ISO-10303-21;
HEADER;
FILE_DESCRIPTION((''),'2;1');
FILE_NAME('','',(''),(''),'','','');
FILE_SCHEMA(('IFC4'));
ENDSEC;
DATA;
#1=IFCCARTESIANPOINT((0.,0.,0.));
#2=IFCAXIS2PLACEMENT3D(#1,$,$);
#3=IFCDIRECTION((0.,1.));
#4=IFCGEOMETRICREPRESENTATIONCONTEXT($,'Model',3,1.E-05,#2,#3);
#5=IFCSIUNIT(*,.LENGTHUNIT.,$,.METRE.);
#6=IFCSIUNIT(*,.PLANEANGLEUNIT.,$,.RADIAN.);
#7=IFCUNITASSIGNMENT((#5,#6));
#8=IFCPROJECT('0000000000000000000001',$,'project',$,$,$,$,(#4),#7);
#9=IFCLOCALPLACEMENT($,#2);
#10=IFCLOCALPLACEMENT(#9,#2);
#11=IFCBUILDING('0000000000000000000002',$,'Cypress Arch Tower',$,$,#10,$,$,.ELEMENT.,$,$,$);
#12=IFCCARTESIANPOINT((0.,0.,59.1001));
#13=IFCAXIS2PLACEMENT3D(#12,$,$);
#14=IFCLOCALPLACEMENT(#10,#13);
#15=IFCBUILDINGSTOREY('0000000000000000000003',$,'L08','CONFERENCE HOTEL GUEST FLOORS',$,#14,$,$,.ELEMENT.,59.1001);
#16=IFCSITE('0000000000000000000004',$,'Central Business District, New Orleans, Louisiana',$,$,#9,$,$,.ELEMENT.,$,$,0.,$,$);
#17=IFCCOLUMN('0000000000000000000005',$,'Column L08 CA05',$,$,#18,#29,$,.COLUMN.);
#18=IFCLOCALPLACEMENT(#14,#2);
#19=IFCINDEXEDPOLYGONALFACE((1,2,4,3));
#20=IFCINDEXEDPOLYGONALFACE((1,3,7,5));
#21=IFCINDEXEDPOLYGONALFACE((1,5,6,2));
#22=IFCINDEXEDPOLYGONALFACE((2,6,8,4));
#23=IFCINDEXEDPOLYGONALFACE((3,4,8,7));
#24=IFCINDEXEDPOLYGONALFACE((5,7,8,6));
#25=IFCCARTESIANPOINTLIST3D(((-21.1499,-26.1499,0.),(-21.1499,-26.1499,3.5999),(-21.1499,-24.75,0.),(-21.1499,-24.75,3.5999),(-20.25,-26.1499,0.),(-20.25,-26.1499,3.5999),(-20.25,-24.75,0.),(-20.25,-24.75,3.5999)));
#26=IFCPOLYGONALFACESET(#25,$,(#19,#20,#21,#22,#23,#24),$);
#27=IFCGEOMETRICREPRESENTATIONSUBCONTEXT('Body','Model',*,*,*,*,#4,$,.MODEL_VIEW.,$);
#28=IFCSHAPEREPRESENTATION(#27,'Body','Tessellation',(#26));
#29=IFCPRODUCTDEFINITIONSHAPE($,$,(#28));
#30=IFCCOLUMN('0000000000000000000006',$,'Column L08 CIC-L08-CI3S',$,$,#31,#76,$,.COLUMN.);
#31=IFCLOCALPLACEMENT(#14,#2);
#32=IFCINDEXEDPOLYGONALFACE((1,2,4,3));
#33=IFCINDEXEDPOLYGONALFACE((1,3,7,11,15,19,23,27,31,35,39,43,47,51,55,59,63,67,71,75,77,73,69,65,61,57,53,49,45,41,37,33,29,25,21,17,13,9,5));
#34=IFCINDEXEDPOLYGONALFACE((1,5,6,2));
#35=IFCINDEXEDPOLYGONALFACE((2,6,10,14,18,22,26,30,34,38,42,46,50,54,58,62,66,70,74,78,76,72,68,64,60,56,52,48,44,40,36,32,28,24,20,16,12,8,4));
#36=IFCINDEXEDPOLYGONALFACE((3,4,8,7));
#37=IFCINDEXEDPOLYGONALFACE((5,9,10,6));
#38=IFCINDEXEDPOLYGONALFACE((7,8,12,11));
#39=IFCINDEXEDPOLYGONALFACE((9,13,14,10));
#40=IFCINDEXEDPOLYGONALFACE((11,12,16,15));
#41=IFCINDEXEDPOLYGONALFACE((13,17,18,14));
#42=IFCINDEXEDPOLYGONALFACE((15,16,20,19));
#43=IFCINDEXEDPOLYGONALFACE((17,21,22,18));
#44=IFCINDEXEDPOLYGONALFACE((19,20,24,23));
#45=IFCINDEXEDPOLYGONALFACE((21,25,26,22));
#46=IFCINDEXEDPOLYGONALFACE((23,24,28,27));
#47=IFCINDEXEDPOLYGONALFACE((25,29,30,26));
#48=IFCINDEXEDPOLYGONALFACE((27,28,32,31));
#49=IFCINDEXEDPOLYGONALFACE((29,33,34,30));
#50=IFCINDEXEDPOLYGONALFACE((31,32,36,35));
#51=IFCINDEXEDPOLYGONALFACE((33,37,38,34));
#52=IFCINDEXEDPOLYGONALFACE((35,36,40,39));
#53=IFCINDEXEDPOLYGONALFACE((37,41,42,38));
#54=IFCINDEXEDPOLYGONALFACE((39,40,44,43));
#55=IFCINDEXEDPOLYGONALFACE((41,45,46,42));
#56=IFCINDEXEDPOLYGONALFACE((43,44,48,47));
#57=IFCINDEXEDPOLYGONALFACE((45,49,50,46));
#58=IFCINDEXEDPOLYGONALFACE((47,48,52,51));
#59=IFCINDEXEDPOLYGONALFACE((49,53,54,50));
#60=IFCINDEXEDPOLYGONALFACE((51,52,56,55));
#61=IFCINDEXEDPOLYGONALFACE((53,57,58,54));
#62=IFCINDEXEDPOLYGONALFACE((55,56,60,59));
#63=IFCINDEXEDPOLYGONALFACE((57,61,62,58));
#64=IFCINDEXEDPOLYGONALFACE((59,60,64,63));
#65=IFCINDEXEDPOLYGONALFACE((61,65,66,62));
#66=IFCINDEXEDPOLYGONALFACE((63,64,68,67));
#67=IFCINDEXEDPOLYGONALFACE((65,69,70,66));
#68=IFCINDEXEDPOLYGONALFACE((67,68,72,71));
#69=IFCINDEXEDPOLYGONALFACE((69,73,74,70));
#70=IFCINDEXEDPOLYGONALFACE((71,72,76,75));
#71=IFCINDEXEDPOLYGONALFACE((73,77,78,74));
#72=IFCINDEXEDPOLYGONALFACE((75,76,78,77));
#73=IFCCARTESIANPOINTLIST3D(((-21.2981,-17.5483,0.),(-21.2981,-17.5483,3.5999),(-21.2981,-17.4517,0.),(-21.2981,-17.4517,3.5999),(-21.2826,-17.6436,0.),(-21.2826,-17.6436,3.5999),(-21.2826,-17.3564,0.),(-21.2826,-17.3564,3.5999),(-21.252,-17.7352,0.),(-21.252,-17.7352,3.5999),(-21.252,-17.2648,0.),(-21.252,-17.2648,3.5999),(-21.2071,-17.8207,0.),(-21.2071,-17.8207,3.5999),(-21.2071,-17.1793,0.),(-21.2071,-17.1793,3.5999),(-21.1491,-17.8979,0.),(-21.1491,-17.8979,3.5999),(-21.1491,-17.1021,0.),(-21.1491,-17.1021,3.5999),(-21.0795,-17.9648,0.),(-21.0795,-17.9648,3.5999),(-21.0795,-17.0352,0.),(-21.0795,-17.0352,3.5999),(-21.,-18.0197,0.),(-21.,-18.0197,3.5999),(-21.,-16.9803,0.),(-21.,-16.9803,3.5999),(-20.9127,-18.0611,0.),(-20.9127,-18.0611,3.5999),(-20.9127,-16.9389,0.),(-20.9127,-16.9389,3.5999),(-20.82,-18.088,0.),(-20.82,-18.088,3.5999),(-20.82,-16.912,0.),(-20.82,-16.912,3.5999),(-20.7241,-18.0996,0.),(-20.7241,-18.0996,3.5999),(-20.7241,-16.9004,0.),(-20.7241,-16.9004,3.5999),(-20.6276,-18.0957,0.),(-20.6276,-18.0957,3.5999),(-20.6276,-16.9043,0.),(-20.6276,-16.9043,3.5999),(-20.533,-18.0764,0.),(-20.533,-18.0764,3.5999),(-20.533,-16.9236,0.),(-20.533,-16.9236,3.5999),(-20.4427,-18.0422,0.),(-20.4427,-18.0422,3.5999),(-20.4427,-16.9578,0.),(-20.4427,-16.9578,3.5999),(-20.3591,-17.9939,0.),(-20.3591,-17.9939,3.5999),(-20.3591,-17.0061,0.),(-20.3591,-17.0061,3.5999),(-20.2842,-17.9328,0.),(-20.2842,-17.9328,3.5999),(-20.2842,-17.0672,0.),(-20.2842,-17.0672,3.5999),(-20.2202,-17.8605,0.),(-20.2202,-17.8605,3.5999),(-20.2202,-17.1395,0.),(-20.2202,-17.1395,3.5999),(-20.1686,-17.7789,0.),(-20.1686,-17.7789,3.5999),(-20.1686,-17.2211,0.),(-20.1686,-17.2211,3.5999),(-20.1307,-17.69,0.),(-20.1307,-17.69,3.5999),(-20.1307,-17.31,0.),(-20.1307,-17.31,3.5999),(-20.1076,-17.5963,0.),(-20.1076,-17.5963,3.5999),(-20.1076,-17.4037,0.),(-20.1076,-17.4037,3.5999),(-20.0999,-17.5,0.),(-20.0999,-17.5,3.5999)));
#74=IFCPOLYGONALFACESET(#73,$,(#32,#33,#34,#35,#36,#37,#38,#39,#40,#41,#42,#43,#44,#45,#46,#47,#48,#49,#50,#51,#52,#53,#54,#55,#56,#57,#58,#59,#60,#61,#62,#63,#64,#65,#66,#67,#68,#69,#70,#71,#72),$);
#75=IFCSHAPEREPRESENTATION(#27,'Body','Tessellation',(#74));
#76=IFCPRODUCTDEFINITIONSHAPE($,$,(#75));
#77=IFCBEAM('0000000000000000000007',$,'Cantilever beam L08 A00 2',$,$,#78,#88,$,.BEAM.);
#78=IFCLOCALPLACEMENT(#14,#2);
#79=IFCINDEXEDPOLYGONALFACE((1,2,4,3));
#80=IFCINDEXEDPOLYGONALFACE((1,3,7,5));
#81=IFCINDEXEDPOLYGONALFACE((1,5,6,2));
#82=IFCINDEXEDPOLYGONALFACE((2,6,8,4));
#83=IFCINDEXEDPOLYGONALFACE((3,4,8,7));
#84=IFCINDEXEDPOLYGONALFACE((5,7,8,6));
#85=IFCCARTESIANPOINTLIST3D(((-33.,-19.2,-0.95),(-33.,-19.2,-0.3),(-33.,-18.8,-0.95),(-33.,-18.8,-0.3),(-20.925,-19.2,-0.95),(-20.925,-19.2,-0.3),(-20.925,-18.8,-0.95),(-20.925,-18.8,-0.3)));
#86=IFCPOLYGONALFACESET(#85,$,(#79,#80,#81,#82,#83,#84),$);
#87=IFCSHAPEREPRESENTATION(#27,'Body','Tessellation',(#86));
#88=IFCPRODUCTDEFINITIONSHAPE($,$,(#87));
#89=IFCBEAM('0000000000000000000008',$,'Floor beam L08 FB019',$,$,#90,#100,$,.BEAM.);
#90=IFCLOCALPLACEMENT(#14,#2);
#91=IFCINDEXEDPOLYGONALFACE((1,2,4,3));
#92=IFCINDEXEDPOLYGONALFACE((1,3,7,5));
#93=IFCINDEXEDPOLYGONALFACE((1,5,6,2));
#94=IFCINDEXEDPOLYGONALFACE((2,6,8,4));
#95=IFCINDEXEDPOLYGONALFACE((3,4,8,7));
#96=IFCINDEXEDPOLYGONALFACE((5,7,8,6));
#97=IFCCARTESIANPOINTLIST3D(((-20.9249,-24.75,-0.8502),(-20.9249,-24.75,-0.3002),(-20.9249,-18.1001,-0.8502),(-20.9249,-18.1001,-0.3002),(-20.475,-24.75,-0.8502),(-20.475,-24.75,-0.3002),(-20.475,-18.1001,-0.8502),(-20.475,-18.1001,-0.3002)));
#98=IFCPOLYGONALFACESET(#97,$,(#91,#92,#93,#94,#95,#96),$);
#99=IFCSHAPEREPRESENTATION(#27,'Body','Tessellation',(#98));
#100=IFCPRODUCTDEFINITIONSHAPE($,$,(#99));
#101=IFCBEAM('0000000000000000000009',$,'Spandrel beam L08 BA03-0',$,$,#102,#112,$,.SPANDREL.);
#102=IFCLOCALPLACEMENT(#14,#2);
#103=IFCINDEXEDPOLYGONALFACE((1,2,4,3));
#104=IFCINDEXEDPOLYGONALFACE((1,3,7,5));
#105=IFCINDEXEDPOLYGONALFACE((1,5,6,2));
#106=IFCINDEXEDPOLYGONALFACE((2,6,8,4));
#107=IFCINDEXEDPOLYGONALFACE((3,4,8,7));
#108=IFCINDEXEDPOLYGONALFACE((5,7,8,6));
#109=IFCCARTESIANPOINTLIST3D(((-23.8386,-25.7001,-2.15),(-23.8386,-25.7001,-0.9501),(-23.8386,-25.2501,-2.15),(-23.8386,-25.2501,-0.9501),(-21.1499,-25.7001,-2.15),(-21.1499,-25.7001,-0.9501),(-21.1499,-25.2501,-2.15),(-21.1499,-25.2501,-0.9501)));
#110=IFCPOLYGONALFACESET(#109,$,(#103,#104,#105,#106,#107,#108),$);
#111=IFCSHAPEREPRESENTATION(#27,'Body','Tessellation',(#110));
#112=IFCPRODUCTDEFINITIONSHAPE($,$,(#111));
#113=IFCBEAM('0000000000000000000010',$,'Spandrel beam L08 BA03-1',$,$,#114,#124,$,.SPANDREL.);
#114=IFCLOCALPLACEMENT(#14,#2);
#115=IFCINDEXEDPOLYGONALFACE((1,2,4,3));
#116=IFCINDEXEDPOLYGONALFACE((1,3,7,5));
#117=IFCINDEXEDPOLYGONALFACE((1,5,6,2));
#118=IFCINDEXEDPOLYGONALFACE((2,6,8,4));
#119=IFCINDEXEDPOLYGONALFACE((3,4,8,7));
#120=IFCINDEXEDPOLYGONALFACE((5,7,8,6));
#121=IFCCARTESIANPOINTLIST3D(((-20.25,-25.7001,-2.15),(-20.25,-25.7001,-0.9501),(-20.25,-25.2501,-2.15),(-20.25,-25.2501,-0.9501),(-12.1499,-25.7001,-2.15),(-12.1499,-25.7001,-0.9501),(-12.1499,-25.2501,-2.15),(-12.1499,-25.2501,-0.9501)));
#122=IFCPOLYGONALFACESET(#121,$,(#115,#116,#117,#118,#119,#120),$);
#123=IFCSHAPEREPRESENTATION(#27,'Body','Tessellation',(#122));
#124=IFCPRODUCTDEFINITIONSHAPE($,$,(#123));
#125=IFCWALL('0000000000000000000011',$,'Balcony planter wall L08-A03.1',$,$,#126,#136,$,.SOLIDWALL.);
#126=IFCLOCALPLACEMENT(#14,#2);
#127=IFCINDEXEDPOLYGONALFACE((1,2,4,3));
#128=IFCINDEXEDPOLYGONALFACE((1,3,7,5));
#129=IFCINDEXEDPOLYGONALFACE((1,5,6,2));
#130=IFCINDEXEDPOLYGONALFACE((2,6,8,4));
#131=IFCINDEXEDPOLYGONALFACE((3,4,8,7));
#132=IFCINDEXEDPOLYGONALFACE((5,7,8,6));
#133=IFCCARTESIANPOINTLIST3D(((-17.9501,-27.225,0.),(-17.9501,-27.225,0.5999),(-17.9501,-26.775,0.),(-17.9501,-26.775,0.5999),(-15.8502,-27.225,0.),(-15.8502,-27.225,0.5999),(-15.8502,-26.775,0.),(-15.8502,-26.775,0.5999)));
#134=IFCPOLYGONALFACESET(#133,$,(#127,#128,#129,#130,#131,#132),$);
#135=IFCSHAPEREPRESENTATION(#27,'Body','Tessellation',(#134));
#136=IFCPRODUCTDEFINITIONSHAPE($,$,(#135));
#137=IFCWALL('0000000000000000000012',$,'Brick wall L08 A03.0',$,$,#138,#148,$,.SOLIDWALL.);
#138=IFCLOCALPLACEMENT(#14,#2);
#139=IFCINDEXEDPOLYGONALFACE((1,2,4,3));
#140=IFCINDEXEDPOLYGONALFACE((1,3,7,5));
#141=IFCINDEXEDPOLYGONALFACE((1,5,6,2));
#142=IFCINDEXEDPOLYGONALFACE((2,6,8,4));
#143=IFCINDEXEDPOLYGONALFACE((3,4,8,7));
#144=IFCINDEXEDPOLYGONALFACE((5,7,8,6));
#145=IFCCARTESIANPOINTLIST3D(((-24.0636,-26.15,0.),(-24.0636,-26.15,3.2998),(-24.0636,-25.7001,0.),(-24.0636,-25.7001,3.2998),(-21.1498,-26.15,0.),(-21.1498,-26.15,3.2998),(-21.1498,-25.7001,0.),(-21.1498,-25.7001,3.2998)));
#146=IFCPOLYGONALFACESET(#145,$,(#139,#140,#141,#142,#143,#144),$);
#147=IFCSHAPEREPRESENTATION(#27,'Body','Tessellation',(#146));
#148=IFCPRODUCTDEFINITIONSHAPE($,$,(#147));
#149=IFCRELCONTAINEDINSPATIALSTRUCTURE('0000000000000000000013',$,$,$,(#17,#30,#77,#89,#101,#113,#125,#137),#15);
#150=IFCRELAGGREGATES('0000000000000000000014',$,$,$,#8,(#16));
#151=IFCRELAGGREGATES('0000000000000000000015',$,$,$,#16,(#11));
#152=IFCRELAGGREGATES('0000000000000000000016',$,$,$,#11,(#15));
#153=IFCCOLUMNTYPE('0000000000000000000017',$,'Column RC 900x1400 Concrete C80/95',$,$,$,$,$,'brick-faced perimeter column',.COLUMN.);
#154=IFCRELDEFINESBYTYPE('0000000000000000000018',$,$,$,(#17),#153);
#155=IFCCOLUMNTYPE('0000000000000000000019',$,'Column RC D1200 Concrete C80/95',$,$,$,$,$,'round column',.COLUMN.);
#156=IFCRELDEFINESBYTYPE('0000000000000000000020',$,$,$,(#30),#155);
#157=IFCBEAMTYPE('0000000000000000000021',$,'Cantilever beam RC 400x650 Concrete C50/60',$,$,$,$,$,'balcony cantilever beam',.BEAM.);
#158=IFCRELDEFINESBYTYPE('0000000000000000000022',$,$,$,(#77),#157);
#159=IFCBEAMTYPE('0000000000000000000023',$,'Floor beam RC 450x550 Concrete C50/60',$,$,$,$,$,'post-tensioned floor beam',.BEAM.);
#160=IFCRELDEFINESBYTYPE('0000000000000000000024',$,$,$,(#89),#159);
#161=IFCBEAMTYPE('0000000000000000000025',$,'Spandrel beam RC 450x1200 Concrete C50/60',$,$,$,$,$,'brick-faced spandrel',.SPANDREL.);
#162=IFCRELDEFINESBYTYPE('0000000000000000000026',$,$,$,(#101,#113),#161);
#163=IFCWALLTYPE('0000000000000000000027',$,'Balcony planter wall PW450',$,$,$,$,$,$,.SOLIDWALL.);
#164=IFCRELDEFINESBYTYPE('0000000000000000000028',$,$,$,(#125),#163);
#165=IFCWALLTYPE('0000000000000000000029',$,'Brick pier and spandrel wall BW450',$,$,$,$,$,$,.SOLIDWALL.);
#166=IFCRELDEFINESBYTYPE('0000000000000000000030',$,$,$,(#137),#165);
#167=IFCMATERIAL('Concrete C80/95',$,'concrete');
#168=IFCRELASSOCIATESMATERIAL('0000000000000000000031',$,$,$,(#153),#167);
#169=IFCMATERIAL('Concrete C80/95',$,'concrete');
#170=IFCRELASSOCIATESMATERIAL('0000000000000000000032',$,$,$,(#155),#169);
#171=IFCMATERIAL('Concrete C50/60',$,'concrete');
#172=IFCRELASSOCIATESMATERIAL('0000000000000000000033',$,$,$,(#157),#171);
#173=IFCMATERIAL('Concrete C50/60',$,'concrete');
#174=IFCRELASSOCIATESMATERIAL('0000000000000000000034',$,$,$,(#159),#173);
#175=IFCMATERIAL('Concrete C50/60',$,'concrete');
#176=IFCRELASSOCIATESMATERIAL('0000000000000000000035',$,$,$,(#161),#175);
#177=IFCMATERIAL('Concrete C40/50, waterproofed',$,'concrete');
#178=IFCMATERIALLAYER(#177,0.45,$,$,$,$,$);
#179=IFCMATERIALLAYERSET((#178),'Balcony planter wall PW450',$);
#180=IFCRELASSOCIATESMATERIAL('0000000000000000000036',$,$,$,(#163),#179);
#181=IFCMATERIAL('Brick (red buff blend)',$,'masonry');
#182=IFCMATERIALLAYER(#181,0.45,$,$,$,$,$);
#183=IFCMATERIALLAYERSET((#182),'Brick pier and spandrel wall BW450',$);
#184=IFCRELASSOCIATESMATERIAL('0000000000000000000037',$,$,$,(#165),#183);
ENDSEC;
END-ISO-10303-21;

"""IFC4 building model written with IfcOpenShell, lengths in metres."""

from ifc_helpers import new_model, si_unit, direction, frame, frame_2d, origin, origin_2d, place, context, subcontext, project, spatial, rectangle, circle, extrude, material, layer, layer_set, material_profile, profile_set, type_object, element, save


model = new_model("IFC4")

# Units and contexts
model_context = context("Model", 3, precision=1e-05, world=origin(), true_north=direction((0.0, 1.0)))
body_context = subcontext(model_context, "Body", "Model", "MODEL_VIEW")
ifc_project = project(units=[si_unit("LENGTHUNIT", "METRE"), si_unit("PLANEANGLEUNIT", "RADIAN")], contexts=[model_context])

# Site, building, storey
site_placement = place(None, origin())
site = spatial("IfcSite", under=ifc_project, at=site_placement, Name="Central Business District, New Orleans, Louisiana", CompositionType="ELEMENT", RefElevation=0.0)
building_placement = place(site_placement, origin())
building = spatial("IfcBuilding", under=site, at=building_placement, Name="Cypress Arch Tower", CompositionType="ELEMENT")
storey_placement = place(building_placement, frame((0.0, 0.0, 59.1001)))
storey = spatial("IfcBuildingStorey", under=building, at=storey_placement, Name="L08", Description="CONFERENCE HOTEL GUEST FLOORS", CompositionType="ELEMENT", Elevation=59.1001)

# Columns
ifc_material_1 = material(Name="Concrete C80/95", Category="concrete")
ifc_material_profile_1 = material_profile(ifc_material_1, rectangle(XDim=0.8999, YDim=1.3999, at=origin_2d()), Name="RC 900x1400")
ifc_profile_set_1 = profile_set([ifc_material_profile_1], Name="Concrete C80/95")
column_type_1 = type_object("IfcColumnType", Name="Column RC 900x1400 Concrete C80/95", ElementType="brick-faced perimeter column", PredefinedType="COLUMN", material=ifc_profile_set_1)
column_1_placement = place(storey_placement, frame((-20.7, -25.45, 0.0), z_axis=(0.0, 0.0, 1.0), x_axis=(1.0, 0.0, 0.0)))
element("IfcColumn", 1, at=column_1_placement, inside=storey, type_object=column_type_1, Name="Column L08 CA05", PredefinedType="COLUMN", context=body_context, shape_type="SweptSolid", body=[
    extrude(rectangle(XDim=0.8999, YDim=1.3999, at=origin_2d()), origin(), (0.0, 0.0, 1.0), 3.5999),
])
ifc_material_2 = material(Name="Concrete C80/95", Category="concrete")
ifc_material_profile_2 = material_profile(ifc_material_2, circle(Radius=0.6001, at=origin_2d()), Name="RC D1200")
ifc_profile_set_2 = profile_set([ifc_material_profile_2], Name="Concrete C80/95")
column_type_2 = type_object("IfcColumnType", Name="Column RC D1200 Concrete C80/95", ElementType="round column", PredefinedType="COLUMN", material=ifc_profile_set_2)
column_2_placement = place(storey_placement, frame((-20.7, -17.5, 0.0), z_axis=(0.0, 0.0, 1.0), x_axis=(1.0, 0.0, 0.0)))
element("IfcColumn", 2, at=column_2_placement, inside=storey, type_object=column_type_2, Name="Column L08 CIC-L08-CI3S", PredefinedType="COLUMN", context=body_context, shape_type="SweptSolid", body=[
    extrude(circle(Radius=0.6001, at=origin_2d()), origin(), (0.0, 0.0, 1.0), 3.5999),
])

# Beams
ifc_material_3 = material(Name="Concrete C50/60", Category="concrete")
ifc_material_profile_3 = material_profile(ifc_material_3, rectangle(XDim=0.3999, YDim=0.6499, at=origin_2d()), Name="RC 400x650")
ifc_profile_set_3 = profile_set([ifc_material_profile_3], Name="Concrete C50/60")
beam_type_1 = type_object("IfcBeamType", Name="Cantilever beam RC 400x650 Concrete C50/60", ElementType="balcony cantilever beam", PredefinedType="BEAM", material=ifc_profile_set_3)
beam_1_placement = place(storey_placement, frame((-20.925, -19.0, -0.625), z_axis=(-1.0, 0.0, 0.0), x_axis=(0.0, -1.0, 0.0)))
element("IfcBeam", 3, at=beam_1_placement, inside=storey, type_object=beam_type_1, Name="Cantilever beam L08 A00 2", PredefinedType="BEAM", context=body_context, shape_type="SweptSolid", body=[
    extrude(rectangle(XDim=0.3999, YDim=0.6499, at=origin_2d()), origin(), (0.0, 0.0, 1.0), 12.075),
])
ifc_material_4 = material(Name="Concrete C50/60", Category="concrete")
ifc_material_profile_4 = material_profile(ifc_material_4, rectangle(XDim=0.45, YDim=0.55, at=origin_2d()), Name="RC 450x550")
ifc_profile_set_4 = profile_set([ifc_material_profile_4], Name="Concrete C50/60")
beam_type_2 = type_object("IfcBeamType", Name="Floor beam RC 450x550 Concrete C50/60", ElementType="post-tensioned floor beam", PredefinedType="BEAM", material=ifc_profile_set_4)
beam_2_placement = place(storey_placement, frame((-20.7, -24.75, -0.5752), z_axis=(0.0, 1.0, 0.0), x_axis=(-1.0, 0.0, 0.0)))
element("IfcBeam", 4, at=beam_2_placement, inside=storey, type_object=beam_type_2, Name="Floor beam L08 FB019", PredefinedType="BEAM", context=body_context, shape_type="SweptSolid", body=[
    extrude(rectangle(XDim=0.45, YDim=0.55, at=origin_2d()), origin(), (0.0, 0.0, 1.0), 6.6499),
])
ifc_material_5 = material(Name="Concrete C50/60", Category="concrete")
ifc_material_profile_5 = material_profile(ifc_material_5, rectangle(XDim=0.45, YDim=1.2, at=origin_2d()), Name="RC 450x1200")
ifc_profile_set_5 = profile_set([ifc_material_profile_5], Name="Concrete C50/60")
beam_type_3 = type_object("IfcBeamType", Name="Spandrel beam RC 450x1200 Concrete C50/60", ElementType="brick-faced spandrel", PredefinedType="SPANDREL", material=ifc_profile_set_5)
beam_3_placement = place(storey_placement, frame((-23.8386, -25.4751, -1.55), z_axis=(1.0, 0.0, 0.0), x_axis=(0.0, 1.0, 0.0)))
element("IfcBeam", 5, at=beam_3_placement, inside=storey, type_object=beam_type_3, Name="Spandrel beam L08 BA03-0", PredefinedType="SPANDREL", context=body_context, shape_type="SweptSolid", body=[
    extrude(rectangle(XDim=0.45, YDim=1.2, at=origin_2d()), origin(), (0.0, 0.0, 1.0), 2.6887),
])
beam_4_placement = place(storey_placement, frame((-20.25, -25.4751, -1.55), z_axis=(1.0, 0.0, 0.0), x_axis=(0.0, 1.0, 0.0)))
element("IfcBeam", 6, at=beam_4_placement, inside=storey, type_object=beam_type_3, Name="Spandrel beam L08 BA03-1", PredefinedType="SPANDREL", context=body_context, shape_type="SweptSolid", body=[
    extrude(rectangle(XDim=0.45, YDim=1.2, at=origin_2d()), origin(), (0.0, 0.0, 1.0), 8.1001),
])

# Walls
ifc_material_6 = material(Name="Concrete C40/50, waterproofed", Category="concrete")
ifc_layer_1 = layer(ifc_material_6, 0.45)
ifc_layer_set_1 = layer_set([ifc_layer_1], Name="Balcony planter wall PW450")
wall_type_1 = type_object("IfcWallType", Name="Balcony planter wall PW450", PredefinedType="SOLIDWALL", material=ifc_layer_set_1)
wall_1_placement = place(storey_placement, frame((-17.95, -27.0, 0.0), z_axis=(0.0, 0.0, 1.0), x_axis=(1.0, 0.0, 0.0)))
element("IfcWall", 7, at=wall_1_placement, inside=storey, type_object=wall_type_1, Name="Balcony planter wall L08-A03.1", PredefinedType="SOLIDWALL", context=body_context, shape_type="SweptSolid", body=[
    extrude(rectangle(XDim=2.0999, YDim=0.45, at=frame_2d((1.0498, 0.0))), origin(), (0.0, 0.0, 1.0), 0.5999),
])
ifc_material_7 = material(Name="Brick (red buff blend)", Category="masonry")
ifc_layer_2 = layer(ifc_material_7, 0.45)
ifc_layer_set_2 = layer_set([ifc_layer_2], Name="Brick pier and spandrel wall BW450")
wall_type_2 = type_object("IfcWallType", Name="Brick pier and spandrel wall BW450", PredefinedType="SOLIDWALL", material=ifc_layer_set_2)
wall_2_placement = place(storey_placement, frame((-24.0637, -25.925, 0.0), z_axis=(0.0, 0.0, 1.0), x_axis=(1.0, 0.0, 0.0)))
element("IfcWall", 8, at=wall_2_placement, inside=storey, type_object=wall_type_2, Name="Brick wall L08 A03.0", PredefinedType="SOLIDWALL", context=body_context, shape_type="SweptSolid", body=[
    extrude(rectangle(XDim=2.9138, YDim=0.45, at=frame_2d((1.457, 0.0))), origin(), (0.0, 0.0, 1.0), 3.2998),
])

save(model, "model.ifc")
